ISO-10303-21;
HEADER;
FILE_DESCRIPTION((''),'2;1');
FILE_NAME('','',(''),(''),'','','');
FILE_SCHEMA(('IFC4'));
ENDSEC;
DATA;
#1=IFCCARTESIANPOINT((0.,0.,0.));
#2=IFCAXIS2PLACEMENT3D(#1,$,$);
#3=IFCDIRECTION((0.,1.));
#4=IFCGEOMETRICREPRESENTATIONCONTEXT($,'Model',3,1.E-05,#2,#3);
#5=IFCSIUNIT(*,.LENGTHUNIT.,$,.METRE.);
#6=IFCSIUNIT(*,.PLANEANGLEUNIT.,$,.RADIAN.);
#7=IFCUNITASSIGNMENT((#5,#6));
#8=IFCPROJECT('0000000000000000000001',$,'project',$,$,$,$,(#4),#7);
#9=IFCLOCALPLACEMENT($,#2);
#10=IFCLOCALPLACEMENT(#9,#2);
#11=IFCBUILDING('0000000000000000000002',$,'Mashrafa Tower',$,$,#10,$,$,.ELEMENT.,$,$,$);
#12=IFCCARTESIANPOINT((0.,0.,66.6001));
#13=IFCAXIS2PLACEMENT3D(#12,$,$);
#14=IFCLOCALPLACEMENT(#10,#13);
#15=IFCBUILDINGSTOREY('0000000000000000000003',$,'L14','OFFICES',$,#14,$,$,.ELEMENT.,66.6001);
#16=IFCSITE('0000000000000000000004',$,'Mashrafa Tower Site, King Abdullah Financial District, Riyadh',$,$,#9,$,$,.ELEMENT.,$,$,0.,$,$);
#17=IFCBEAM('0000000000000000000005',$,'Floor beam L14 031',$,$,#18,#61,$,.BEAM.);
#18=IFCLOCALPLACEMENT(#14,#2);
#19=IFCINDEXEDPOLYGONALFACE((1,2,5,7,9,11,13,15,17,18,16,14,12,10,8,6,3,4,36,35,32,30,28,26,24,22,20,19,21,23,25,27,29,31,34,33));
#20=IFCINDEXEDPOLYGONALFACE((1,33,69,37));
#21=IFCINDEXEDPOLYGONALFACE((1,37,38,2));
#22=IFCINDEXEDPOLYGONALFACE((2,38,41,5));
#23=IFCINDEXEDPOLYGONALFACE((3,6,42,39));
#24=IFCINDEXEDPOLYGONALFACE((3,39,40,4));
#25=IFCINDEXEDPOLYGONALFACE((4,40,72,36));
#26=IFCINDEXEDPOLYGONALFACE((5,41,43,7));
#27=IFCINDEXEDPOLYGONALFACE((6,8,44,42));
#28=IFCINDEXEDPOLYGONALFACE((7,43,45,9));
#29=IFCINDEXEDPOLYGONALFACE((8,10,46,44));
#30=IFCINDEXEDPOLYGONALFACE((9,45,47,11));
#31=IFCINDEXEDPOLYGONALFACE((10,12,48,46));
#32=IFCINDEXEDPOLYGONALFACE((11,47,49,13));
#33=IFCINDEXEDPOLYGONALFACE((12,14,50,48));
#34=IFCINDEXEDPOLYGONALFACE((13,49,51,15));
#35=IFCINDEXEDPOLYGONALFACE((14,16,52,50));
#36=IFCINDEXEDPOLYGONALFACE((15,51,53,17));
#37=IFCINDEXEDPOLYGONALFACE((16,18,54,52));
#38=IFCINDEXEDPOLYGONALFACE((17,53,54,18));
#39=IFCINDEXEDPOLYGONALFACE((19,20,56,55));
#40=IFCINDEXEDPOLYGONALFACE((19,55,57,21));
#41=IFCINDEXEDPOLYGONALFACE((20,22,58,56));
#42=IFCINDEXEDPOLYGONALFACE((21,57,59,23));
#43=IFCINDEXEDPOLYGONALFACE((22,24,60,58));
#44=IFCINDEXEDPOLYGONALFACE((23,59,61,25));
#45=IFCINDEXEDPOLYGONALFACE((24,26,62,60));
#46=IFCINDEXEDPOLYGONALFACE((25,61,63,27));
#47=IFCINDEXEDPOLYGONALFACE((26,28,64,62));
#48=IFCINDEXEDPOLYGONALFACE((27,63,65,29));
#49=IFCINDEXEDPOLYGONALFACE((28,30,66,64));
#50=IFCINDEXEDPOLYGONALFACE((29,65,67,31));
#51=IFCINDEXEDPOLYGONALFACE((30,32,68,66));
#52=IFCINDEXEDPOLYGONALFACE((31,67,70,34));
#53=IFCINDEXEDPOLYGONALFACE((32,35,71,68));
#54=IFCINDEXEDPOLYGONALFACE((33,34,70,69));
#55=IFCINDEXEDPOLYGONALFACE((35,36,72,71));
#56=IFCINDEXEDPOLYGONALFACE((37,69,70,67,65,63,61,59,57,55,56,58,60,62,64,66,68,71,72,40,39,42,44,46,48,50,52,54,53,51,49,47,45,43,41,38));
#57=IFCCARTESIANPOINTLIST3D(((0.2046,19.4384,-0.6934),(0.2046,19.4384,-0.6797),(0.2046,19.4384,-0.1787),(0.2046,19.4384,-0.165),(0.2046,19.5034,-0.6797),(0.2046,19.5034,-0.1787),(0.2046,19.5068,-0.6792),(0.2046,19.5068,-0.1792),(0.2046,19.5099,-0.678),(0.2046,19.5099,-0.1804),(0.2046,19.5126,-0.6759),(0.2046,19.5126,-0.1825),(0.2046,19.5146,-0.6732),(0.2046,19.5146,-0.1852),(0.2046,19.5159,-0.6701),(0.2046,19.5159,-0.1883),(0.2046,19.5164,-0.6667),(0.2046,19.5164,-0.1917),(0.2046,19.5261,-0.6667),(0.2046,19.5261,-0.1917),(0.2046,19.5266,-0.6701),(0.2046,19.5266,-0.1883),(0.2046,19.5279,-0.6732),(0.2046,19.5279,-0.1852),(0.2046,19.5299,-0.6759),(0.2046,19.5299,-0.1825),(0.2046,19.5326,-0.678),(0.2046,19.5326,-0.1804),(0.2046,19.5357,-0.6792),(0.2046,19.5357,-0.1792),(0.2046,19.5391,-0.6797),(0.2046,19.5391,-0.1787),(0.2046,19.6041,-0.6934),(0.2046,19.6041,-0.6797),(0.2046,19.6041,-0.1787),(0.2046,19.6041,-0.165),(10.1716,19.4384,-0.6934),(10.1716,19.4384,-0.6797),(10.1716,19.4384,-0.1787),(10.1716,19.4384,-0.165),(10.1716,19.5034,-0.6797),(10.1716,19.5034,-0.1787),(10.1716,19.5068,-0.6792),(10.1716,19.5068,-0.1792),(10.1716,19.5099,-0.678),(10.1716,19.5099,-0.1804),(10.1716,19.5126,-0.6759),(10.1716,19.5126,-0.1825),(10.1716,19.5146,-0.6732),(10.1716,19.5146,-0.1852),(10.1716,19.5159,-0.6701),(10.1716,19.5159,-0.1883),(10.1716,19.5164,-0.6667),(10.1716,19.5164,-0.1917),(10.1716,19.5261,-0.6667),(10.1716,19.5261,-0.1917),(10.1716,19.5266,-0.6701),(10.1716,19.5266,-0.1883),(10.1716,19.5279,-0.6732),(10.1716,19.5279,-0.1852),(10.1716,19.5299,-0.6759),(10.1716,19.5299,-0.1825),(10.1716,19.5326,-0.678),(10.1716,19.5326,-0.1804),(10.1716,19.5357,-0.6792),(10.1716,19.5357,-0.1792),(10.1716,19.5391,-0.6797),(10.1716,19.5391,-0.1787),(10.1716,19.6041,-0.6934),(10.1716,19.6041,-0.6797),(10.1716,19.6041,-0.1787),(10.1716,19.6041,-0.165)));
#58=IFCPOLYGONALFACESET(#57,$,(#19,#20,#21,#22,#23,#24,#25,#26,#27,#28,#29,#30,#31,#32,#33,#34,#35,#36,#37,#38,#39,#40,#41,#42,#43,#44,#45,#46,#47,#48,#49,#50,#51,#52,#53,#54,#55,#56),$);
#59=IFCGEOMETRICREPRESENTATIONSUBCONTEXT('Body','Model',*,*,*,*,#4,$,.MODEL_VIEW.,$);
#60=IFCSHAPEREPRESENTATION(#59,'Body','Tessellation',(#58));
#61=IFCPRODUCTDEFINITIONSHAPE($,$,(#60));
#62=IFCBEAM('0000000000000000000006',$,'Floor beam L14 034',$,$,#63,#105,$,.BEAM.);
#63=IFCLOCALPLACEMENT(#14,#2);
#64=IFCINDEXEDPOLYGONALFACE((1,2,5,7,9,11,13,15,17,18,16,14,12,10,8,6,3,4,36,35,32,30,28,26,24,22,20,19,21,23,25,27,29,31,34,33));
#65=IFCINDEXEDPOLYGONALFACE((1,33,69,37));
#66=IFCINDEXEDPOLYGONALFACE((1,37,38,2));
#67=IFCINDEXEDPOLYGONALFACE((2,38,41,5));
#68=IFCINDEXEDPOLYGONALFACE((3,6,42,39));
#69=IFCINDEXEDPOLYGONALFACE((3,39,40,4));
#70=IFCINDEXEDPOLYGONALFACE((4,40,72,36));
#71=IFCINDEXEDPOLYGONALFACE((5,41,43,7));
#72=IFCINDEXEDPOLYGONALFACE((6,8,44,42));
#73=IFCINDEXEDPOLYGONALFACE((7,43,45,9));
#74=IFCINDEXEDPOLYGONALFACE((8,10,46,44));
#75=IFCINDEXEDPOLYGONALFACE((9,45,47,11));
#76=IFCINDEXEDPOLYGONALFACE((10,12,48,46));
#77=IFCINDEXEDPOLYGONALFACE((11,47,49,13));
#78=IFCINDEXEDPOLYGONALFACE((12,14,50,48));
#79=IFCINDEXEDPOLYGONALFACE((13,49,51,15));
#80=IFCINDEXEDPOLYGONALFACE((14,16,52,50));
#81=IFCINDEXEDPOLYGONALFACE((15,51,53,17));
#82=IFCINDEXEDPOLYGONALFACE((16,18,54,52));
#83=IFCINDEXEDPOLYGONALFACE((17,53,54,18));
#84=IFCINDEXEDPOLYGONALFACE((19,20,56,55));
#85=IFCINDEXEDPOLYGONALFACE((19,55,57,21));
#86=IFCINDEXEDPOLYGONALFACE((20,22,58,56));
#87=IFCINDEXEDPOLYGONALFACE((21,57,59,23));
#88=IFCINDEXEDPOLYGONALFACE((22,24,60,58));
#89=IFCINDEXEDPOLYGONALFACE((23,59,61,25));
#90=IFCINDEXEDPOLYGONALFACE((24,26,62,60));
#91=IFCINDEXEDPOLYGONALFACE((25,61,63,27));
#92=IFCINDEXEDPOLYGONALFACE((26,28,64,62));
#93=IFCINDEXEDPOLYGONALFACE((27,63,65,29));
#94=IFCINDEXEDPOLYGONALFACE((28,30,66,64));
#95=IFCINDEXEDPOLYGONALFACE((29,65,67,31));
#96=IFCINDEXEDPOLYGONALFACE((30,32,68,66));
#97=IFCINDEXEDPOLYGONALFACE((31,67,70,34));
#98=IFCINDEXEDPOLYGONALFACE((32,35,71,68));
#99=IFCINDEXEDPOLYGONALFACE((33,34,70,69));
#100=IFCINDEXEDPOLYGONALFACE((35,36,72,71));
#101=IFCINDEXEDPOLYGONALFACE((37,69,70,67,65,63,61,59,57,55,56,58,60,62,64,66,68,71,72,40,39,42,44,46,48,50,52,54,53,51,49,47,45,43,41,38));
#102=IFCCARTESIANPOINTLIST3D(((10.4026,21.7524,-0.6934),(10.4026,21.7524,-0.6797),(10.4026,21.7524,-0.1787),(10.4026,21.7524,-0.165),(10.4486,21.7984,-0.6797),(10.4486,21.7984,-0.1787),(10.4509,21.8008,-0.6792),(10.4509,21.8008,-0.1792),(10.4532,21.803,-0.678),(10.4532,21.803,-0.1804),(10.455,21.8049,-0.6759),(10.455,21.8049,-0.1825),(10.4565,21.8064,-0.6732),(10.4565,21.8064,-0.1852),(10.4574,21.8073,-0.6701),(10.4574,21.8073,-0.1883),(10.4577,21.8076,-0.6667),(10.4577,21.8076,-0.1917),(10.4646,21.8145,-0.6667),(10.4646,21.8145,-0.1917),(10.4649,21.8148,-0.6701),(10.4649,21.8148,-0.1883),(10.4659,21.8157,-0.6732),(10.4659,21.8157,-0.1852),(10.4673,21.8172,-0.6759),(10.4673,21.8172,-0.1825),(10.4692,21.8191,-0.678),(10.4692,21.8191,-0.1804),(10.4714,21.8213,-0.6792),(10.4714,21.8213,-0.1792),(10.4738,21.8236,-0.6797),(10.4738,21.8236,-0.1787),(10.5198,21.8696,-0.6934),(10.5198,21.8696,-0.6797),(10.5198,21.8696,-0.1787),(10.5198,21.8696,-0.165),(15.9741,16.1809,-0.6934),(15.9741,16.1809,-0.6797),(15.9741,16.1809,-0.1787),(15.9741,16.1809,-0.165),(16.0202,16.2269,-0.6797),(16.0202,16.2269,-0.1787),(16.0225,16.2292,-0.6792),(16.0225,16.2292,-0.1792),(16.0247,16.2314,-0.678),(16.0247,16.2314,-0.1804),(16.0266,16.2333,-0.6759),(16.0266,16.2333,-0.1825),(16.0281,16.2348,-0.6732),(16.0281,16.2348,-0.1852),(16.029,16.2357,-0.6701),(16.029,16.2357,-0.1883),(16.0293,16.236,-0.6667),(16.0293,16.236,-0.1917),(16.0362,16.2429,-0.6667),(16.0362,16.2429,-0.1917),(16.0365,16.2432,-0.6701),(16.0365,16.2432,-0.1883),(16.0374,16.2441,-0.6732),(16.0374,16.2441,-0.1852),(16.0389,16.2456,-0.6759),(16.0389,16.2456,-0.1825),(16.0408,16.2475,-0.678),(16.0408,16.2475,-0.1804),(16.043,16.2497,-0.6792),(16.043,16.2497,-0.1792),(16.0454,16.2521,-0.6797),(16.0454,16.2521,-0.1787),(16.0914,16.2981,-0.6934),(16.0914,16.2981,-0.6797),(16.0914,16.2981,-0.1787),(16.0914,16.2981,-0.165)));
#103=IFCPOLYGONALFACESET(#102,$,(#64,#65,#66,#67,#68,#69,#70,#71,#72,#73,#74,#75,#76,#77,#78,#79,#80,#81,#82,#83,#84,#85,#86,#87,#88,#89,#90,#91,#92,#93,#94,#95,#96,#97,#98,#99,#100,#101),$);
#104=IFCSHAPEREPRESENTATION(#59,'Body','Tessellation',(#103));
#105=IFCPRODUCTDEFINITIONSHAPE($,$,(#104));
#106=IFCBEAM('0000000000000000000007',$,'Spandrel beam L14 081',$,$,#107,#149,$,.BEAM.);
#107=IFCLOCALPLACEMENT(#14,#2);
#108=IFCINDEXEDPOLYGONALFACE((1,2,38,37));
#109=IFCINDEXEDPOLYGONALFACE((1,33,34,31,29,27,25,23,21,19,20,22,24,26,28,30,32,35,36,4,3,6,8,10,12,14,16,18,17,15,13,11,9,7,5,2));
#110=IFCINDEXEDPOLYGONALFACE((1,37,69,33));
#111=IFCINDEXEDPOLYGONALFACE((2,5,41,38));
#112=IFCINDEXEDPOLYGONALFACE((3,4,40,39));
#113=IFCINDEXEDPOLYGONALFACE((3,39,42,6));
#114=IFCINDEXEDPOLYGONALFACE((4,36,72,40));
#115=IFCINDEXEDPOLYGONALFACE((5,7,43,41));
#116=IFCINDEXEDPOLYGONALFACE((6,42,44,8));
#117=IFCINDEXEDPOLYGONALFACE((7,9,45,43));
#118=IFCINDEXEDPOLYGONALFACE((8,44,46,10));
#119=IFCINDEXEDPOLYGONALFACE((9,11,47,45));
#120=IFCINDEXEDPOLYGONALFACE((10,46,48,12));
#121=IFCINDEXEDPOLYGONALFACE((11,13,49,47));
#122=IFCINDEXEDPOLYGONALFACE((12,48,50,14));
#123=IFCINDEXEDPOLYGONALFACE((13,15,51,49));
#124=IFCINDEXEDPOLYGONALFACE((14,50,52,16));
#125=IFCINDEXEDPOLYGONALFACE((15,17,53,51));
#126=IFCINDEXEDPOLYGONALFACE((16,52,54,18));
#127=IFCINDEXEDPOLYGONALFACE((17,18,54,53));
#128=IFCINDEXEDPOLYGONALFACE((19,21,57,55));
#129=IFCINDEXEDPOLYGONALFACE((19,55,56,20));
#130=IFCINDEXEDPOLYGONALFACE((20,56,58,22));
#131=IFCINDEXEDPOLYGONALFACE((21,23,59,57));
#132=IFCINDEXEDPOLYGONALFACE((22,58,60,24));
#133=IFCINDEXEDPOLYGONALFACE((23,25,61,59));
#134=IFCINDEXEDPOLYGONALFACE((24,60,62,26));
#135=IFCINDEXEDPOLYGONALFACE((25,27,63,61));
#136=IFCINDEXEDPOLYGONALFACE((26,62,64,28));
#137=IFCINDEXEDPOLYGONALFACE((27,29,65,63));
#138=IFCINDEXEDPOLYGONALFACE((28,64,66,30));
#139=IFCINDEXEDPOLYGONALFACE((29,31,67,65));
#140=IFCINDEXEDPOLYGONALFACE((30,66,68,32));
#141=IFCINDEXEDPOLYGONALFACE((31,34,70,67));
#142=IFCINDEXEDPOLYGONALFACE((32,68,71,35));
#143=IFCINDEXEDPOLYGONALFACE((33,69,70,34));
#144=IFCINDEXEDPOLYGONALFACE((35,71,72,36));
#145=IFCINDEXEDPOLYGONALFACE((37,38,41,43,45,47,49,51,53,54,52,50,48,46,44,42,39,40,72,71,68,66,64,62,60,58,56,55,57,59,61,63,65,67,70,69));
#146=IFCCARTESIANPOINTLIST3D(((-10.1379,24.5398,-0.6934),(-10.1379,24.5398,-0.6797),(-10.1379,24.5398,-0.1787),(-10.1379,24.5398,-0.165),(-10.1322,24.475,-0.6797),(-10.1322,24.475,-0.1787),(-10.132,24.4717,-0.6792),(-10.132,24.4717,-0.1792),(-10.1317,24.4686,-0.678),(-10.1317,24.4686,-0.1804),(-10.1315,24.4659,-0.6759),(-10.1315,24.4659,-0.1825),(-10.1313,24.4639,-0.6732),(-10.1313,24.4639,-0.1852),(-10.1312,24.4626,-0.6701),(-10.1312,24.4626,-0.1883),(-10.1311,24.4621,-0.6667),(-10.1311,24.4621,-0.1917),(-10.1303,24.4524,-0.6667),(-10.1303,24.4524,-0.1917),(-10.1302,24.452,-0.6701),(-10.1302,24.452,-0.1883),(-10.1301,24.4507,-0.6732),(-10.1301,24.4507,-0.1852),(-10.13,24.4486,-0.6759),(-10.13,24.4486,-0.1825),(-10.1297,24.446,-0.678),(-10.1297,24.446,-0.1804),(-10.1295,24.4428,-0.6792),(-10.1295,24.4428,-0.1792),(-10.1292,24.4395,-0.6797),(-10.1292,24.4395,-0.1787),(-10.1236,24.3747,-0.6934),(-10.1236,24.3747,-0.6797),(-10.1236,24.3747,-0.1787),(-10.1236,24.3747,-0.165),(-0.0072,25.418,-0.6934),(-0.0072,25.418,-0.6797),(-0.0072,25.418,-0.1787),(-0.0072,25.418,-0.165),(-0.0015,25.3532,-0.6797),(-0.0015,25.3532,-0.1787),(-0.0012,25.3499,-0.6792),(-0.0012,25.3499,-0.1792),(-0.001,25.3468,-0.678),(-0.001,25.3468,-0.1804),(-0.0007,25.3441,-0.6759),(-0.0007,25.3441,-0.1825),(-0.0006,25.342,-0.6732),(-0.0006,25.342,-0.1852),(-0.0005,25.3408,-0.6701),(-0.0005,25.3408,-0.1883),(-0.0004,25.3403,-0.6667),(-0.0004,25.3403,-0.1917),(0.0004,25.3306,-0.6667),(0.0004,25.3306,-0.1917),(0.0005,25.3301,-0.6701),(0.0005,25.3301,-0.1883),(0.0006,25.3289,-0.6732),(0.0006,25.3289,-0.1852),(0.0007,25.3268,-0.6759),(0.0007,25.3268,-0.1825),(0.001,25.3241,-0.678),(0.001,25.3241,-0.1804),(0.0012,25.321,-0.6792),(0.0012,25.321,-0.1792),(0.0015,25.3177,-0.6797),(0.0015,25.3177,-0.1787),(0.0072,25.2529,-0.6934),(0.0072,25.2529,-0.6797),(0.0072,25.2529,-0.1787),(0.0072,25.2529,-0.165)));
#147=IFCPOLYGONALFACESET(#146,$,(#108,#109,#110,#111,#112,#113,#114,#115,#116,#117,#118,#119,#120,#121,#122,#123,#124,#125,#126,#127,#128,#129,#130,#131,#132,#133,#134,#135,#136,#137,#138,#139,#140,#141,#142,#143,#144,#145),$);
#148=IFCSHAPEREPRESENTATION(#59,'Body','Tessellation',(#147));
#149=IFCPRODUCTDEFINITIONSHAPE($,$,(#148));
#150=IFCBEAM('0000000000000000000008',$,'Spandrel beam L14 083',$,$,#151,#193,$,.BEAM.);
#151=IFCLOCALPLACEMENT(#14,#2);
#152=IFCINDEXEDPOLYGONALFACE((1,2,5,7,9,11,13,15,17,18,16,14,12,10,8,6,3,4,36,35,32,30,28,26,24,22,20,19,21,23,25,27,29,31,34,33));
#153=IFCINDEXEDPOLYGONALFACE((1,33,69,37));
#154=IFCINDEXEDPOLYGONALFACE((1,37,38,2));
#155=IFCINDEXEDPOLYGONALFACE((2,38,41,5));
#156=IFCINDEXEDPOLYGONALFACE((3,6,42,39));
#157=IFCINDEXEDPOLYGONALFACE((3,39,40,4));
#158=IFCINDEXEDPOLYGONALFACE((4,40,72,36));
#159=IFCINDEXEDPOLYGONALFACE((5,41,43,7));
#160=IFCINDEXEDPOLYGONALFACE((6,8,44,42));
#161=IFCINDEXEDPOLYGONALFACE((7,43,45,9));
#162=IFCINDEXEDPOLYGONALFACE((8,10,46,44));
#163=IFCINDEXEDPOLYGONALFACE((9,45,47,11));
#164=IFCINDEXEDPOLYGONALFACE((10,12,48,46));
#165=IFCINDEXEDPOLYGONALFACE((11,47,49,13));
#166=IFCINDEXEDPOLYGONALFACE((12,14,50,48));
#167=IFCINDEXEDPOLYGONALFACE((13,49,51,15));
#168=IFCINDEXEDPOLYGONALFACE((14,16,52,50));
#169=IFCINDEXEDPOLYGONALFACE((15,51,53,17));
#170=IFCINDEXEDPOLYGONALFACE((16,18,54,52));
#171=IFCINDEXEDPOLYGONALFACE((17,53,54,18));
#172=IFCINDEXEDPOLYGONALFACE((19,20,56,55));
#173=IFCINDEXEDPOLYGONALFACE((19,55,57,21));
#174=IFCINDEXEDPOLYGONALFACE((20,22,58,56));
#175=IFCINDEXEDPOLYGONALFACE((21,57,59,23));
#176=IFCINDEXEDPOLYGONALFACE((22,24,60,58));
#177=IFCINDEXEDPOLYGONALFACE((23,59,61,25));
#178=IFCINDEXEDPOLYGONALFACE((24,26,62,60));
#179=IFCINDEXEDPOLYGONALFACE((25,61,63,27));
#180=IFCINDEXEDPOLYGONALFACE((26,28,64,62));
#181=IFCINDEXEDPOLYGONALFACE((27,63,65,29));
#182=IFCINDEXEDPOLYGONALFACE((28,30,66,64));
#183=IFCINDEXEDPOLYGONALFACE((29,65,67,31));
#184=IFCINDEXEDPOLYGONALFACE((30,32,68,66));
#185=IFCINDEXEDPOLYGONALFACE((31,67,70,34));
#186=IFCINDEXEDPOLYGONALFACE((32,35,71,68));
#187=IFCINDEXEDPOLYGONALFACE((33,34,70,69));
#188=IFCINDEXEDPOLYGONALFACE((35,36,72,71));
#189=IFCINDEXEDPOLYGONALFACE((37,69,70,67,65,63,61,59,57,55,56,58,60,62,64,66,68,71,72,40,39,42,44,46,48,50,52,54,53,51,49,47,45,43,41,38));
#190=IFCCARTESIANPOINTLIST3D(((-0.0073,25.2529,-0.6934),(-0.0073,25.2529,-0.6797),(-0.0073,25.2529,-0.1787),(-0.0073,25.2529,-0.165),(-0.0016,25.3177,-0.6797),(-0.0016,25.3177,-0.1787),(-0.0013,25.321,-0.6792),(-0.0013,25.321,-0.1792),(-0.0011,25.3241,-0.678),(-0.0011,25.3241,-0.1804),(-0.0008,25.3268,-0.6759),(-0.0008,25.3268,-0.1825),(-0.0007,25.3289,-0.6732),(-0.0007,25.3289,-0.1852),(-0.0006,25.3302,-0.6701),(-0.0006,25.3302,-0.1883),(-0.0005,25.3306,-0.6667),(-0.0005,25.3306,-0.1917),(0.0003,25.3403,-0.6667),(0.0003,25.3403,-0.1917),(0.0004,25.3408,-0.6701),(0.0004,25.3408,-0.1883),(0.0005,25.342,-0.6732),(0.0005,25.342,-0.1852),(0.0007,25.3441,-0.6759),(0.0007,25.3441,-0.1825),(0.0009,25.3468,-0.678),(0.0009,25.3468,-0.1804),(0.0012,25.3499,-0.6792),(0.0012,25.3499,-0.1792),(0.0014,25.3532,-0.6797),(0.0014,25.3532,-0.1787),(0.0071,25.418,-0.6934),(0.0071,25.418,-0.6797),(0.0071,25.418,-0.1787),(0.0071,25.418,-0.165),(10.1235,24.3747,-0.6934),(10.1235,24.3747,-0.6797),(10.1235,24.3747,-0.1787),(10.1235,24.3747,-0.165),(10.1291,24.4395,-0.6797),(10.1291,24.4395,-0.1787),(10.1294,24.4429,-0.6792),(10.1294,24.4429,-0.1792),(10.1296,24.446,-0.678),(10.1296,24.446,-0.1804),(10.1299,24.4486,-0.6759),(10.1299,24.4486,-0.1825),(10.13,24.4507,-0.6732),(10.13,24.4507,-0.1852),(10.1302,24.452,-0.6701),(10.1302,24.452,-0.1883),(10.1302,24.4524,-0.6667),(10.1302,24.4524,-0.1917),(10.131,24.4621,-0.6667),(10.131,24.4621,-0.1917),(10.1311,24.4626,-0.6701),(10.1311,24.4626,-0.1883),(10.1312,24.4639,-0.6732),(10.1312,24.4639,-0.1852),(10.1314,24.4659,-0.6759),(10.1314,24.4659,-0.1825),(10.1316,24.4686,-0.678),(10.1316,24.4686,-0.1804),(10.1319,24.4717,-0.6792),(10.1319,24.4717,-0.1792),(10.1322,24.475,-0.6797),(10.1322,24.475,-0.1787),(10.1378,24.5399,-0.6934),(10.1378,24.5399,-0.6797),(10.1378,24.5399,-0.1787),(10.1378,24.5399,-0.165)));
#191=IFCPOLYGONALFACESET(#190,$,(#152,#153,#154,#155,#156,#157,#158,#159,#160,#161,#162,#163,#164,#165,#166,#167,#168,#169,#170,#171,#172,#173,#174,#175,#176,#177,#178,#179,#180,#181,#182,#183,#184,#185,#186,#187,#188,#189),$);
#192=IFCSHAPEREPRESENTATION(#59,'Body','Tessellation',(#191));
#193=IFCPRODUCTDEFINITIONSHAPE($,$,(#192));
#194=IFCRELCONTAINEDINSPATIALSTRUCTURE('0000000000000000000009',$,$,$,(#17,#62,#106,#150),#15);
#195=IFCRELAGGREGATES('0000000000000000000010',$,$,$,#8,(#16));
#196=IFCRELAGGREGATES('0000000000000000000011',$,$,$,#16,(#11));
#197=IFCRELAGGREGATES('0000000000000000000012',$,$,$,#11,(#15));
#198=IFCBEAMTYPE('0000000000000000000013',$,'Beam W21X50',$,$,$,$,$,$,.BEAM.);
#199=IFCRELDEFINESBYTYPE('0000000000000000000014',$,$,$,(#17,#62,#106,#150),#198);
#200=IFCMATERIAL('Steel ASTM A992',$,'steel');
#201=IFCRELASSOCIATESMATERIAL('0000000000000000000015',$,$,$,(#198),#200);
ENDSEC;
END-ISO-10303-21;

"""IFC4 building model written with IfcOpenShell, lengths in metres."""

from ifc_helpers import new_model, si_unit, direction, frame, origin, origin_2d, place, context, subcontext, project, spatial, i_section, extrude, material, material_profile, profile_set, type_object, element, save


model = new_model("IFC4")

# Units and contexts
model_context = context("Model", 3, precision=1e-05, world=origin(), true_north=direction((0.0, 1.0)))
body_context = subcontext(model_context, "Body", "Model", "MODEL_VIEW")
ifc_project = project(units=[si_unit("LENGTHUNIT", "METRE"), si_unit("PLANEANGLEUNIT", "RADIAN")], contexts=[model_context])

# Site, building, storey
site_placement = place(None, origin())
site = spatial("IfcSite", under=ifc_project, at=site_placement, Name="Mashrafa Tower Site, King Abdullah Financial District, Riyadh", CompositionType="ELEMENT", RefElevation=0.0)
building_placement = place(site_placement, origin())
building = spatial("IfcBuilding", under=site, at=building_placement, Name="Mashrafa Tower", CompositionType="ELEMENT")
storey_placement = place(building_placement, frame((0.0, 0.0, 66.6001)))
storey = spatial("IfcBuildingStorey", under=building, at=storey_placement, Name="L14", Description="OFFICES", CompositionType="ELEMENT", Elevation=66.6001)

# Beams
ifc_material_1 = material(Name="Steel ASTM A992", Category="steel")
ifc_material_profile_1 = material_profile(ifc_material_1, i_section(OverallWidth=0.1658, OverallDepth=0.5283, WebThickness=0.0098, FlangeThickness=0.0137, FilletRadius=0.0129, at=origin_2d()), Name="W21X50")
ifc_profile_set_1 = profile_set([ifc_material_profile_1], Name="Steel ASTM A992")
beam_type_1 = type_object("IfcBeamType", Name="Beam W21X50", PredefinedType="BEAM", material=ifc_profile_set_1)
beam_1_placement = place(storey_placement, frame((0.2046, 19.5212, -0.4292), z_axis=(1.0, 0.0, 0.0), x_axis=(0.0, 1.0, 0.0)))
element("IfcBeam", 1, at=beam_1_placement, inside=storey, type_object=beam_type_1, Name="Floor beam L14 031", PredefinedType="BEAM", context=body_context, shape_type="SweptSolid", body=[
    extrude(i_section(OverallWidth=0.1658, OverallDepth=0.5283, WebThickness=0.0098, FlangeThickness=0.0137, FilletRadius=0.0129, at=origin_2d()), origin(), (0.0, 0.0, 1.0), 9.967),
])
beam_2_placement = place(storey_placement, frame((10.4612, 21.811, -0.4292), z_axis=(0.707107, -0.707107, 0.0), x_axis=(0.707107, 0.707107, 0.0)))
element("IfcBeam", 2, at=beam_2_placement, inside=storey, type_object=beam_type_1, Name="Floor beam L14 034", PredefinedType="BEAM", context=body_context, shape_type="SweptSolid", body=[
    extrude(i_section(OverallWidth=0.1658, OverallDepth=0.5283, WebThickness=0.0098, FlangeThickness=0.0137, FilletRadius=0.0129, at=origin_2d()), origin(), (0.0, 0.0, 1.0), 7.8794),
])
for number, where, z_axis, x_axis, name in (
    (3, (0.0, 25.3354, -0.4292), (-0.996264, -0.086361, 0.0), (0.086361, -0.996264, 0.0), "Spandrel beam L14 081"),
    (4, (10.1306, 24.4573, -0.4292), (-0.996264, 0.086361, 0.0), (-0.086361, -0.996264, 0.0), "Spandrel beam L14 083"),
):
    element("IfcBeam", number, at=place(storey_placement, frame(where, z_axis=z_axis, x_axis=x_axis)), inside=storey, type_object=beam_type_1, Name=name, PredefinedType="BEAM", context=body_context, shape_type="SweptSolid", body=[
        extrude(i_section(OverallWidth=0.1658, OverallDepth=0.5283, WebThickness=0.0098, FlangeThickness=0.0137, FilletRadius=0.0129, at=origin_2d()), origin(), (0.0, 0.0, 1.0), 10.1687),
    ])

save(model, "model.ifc")
